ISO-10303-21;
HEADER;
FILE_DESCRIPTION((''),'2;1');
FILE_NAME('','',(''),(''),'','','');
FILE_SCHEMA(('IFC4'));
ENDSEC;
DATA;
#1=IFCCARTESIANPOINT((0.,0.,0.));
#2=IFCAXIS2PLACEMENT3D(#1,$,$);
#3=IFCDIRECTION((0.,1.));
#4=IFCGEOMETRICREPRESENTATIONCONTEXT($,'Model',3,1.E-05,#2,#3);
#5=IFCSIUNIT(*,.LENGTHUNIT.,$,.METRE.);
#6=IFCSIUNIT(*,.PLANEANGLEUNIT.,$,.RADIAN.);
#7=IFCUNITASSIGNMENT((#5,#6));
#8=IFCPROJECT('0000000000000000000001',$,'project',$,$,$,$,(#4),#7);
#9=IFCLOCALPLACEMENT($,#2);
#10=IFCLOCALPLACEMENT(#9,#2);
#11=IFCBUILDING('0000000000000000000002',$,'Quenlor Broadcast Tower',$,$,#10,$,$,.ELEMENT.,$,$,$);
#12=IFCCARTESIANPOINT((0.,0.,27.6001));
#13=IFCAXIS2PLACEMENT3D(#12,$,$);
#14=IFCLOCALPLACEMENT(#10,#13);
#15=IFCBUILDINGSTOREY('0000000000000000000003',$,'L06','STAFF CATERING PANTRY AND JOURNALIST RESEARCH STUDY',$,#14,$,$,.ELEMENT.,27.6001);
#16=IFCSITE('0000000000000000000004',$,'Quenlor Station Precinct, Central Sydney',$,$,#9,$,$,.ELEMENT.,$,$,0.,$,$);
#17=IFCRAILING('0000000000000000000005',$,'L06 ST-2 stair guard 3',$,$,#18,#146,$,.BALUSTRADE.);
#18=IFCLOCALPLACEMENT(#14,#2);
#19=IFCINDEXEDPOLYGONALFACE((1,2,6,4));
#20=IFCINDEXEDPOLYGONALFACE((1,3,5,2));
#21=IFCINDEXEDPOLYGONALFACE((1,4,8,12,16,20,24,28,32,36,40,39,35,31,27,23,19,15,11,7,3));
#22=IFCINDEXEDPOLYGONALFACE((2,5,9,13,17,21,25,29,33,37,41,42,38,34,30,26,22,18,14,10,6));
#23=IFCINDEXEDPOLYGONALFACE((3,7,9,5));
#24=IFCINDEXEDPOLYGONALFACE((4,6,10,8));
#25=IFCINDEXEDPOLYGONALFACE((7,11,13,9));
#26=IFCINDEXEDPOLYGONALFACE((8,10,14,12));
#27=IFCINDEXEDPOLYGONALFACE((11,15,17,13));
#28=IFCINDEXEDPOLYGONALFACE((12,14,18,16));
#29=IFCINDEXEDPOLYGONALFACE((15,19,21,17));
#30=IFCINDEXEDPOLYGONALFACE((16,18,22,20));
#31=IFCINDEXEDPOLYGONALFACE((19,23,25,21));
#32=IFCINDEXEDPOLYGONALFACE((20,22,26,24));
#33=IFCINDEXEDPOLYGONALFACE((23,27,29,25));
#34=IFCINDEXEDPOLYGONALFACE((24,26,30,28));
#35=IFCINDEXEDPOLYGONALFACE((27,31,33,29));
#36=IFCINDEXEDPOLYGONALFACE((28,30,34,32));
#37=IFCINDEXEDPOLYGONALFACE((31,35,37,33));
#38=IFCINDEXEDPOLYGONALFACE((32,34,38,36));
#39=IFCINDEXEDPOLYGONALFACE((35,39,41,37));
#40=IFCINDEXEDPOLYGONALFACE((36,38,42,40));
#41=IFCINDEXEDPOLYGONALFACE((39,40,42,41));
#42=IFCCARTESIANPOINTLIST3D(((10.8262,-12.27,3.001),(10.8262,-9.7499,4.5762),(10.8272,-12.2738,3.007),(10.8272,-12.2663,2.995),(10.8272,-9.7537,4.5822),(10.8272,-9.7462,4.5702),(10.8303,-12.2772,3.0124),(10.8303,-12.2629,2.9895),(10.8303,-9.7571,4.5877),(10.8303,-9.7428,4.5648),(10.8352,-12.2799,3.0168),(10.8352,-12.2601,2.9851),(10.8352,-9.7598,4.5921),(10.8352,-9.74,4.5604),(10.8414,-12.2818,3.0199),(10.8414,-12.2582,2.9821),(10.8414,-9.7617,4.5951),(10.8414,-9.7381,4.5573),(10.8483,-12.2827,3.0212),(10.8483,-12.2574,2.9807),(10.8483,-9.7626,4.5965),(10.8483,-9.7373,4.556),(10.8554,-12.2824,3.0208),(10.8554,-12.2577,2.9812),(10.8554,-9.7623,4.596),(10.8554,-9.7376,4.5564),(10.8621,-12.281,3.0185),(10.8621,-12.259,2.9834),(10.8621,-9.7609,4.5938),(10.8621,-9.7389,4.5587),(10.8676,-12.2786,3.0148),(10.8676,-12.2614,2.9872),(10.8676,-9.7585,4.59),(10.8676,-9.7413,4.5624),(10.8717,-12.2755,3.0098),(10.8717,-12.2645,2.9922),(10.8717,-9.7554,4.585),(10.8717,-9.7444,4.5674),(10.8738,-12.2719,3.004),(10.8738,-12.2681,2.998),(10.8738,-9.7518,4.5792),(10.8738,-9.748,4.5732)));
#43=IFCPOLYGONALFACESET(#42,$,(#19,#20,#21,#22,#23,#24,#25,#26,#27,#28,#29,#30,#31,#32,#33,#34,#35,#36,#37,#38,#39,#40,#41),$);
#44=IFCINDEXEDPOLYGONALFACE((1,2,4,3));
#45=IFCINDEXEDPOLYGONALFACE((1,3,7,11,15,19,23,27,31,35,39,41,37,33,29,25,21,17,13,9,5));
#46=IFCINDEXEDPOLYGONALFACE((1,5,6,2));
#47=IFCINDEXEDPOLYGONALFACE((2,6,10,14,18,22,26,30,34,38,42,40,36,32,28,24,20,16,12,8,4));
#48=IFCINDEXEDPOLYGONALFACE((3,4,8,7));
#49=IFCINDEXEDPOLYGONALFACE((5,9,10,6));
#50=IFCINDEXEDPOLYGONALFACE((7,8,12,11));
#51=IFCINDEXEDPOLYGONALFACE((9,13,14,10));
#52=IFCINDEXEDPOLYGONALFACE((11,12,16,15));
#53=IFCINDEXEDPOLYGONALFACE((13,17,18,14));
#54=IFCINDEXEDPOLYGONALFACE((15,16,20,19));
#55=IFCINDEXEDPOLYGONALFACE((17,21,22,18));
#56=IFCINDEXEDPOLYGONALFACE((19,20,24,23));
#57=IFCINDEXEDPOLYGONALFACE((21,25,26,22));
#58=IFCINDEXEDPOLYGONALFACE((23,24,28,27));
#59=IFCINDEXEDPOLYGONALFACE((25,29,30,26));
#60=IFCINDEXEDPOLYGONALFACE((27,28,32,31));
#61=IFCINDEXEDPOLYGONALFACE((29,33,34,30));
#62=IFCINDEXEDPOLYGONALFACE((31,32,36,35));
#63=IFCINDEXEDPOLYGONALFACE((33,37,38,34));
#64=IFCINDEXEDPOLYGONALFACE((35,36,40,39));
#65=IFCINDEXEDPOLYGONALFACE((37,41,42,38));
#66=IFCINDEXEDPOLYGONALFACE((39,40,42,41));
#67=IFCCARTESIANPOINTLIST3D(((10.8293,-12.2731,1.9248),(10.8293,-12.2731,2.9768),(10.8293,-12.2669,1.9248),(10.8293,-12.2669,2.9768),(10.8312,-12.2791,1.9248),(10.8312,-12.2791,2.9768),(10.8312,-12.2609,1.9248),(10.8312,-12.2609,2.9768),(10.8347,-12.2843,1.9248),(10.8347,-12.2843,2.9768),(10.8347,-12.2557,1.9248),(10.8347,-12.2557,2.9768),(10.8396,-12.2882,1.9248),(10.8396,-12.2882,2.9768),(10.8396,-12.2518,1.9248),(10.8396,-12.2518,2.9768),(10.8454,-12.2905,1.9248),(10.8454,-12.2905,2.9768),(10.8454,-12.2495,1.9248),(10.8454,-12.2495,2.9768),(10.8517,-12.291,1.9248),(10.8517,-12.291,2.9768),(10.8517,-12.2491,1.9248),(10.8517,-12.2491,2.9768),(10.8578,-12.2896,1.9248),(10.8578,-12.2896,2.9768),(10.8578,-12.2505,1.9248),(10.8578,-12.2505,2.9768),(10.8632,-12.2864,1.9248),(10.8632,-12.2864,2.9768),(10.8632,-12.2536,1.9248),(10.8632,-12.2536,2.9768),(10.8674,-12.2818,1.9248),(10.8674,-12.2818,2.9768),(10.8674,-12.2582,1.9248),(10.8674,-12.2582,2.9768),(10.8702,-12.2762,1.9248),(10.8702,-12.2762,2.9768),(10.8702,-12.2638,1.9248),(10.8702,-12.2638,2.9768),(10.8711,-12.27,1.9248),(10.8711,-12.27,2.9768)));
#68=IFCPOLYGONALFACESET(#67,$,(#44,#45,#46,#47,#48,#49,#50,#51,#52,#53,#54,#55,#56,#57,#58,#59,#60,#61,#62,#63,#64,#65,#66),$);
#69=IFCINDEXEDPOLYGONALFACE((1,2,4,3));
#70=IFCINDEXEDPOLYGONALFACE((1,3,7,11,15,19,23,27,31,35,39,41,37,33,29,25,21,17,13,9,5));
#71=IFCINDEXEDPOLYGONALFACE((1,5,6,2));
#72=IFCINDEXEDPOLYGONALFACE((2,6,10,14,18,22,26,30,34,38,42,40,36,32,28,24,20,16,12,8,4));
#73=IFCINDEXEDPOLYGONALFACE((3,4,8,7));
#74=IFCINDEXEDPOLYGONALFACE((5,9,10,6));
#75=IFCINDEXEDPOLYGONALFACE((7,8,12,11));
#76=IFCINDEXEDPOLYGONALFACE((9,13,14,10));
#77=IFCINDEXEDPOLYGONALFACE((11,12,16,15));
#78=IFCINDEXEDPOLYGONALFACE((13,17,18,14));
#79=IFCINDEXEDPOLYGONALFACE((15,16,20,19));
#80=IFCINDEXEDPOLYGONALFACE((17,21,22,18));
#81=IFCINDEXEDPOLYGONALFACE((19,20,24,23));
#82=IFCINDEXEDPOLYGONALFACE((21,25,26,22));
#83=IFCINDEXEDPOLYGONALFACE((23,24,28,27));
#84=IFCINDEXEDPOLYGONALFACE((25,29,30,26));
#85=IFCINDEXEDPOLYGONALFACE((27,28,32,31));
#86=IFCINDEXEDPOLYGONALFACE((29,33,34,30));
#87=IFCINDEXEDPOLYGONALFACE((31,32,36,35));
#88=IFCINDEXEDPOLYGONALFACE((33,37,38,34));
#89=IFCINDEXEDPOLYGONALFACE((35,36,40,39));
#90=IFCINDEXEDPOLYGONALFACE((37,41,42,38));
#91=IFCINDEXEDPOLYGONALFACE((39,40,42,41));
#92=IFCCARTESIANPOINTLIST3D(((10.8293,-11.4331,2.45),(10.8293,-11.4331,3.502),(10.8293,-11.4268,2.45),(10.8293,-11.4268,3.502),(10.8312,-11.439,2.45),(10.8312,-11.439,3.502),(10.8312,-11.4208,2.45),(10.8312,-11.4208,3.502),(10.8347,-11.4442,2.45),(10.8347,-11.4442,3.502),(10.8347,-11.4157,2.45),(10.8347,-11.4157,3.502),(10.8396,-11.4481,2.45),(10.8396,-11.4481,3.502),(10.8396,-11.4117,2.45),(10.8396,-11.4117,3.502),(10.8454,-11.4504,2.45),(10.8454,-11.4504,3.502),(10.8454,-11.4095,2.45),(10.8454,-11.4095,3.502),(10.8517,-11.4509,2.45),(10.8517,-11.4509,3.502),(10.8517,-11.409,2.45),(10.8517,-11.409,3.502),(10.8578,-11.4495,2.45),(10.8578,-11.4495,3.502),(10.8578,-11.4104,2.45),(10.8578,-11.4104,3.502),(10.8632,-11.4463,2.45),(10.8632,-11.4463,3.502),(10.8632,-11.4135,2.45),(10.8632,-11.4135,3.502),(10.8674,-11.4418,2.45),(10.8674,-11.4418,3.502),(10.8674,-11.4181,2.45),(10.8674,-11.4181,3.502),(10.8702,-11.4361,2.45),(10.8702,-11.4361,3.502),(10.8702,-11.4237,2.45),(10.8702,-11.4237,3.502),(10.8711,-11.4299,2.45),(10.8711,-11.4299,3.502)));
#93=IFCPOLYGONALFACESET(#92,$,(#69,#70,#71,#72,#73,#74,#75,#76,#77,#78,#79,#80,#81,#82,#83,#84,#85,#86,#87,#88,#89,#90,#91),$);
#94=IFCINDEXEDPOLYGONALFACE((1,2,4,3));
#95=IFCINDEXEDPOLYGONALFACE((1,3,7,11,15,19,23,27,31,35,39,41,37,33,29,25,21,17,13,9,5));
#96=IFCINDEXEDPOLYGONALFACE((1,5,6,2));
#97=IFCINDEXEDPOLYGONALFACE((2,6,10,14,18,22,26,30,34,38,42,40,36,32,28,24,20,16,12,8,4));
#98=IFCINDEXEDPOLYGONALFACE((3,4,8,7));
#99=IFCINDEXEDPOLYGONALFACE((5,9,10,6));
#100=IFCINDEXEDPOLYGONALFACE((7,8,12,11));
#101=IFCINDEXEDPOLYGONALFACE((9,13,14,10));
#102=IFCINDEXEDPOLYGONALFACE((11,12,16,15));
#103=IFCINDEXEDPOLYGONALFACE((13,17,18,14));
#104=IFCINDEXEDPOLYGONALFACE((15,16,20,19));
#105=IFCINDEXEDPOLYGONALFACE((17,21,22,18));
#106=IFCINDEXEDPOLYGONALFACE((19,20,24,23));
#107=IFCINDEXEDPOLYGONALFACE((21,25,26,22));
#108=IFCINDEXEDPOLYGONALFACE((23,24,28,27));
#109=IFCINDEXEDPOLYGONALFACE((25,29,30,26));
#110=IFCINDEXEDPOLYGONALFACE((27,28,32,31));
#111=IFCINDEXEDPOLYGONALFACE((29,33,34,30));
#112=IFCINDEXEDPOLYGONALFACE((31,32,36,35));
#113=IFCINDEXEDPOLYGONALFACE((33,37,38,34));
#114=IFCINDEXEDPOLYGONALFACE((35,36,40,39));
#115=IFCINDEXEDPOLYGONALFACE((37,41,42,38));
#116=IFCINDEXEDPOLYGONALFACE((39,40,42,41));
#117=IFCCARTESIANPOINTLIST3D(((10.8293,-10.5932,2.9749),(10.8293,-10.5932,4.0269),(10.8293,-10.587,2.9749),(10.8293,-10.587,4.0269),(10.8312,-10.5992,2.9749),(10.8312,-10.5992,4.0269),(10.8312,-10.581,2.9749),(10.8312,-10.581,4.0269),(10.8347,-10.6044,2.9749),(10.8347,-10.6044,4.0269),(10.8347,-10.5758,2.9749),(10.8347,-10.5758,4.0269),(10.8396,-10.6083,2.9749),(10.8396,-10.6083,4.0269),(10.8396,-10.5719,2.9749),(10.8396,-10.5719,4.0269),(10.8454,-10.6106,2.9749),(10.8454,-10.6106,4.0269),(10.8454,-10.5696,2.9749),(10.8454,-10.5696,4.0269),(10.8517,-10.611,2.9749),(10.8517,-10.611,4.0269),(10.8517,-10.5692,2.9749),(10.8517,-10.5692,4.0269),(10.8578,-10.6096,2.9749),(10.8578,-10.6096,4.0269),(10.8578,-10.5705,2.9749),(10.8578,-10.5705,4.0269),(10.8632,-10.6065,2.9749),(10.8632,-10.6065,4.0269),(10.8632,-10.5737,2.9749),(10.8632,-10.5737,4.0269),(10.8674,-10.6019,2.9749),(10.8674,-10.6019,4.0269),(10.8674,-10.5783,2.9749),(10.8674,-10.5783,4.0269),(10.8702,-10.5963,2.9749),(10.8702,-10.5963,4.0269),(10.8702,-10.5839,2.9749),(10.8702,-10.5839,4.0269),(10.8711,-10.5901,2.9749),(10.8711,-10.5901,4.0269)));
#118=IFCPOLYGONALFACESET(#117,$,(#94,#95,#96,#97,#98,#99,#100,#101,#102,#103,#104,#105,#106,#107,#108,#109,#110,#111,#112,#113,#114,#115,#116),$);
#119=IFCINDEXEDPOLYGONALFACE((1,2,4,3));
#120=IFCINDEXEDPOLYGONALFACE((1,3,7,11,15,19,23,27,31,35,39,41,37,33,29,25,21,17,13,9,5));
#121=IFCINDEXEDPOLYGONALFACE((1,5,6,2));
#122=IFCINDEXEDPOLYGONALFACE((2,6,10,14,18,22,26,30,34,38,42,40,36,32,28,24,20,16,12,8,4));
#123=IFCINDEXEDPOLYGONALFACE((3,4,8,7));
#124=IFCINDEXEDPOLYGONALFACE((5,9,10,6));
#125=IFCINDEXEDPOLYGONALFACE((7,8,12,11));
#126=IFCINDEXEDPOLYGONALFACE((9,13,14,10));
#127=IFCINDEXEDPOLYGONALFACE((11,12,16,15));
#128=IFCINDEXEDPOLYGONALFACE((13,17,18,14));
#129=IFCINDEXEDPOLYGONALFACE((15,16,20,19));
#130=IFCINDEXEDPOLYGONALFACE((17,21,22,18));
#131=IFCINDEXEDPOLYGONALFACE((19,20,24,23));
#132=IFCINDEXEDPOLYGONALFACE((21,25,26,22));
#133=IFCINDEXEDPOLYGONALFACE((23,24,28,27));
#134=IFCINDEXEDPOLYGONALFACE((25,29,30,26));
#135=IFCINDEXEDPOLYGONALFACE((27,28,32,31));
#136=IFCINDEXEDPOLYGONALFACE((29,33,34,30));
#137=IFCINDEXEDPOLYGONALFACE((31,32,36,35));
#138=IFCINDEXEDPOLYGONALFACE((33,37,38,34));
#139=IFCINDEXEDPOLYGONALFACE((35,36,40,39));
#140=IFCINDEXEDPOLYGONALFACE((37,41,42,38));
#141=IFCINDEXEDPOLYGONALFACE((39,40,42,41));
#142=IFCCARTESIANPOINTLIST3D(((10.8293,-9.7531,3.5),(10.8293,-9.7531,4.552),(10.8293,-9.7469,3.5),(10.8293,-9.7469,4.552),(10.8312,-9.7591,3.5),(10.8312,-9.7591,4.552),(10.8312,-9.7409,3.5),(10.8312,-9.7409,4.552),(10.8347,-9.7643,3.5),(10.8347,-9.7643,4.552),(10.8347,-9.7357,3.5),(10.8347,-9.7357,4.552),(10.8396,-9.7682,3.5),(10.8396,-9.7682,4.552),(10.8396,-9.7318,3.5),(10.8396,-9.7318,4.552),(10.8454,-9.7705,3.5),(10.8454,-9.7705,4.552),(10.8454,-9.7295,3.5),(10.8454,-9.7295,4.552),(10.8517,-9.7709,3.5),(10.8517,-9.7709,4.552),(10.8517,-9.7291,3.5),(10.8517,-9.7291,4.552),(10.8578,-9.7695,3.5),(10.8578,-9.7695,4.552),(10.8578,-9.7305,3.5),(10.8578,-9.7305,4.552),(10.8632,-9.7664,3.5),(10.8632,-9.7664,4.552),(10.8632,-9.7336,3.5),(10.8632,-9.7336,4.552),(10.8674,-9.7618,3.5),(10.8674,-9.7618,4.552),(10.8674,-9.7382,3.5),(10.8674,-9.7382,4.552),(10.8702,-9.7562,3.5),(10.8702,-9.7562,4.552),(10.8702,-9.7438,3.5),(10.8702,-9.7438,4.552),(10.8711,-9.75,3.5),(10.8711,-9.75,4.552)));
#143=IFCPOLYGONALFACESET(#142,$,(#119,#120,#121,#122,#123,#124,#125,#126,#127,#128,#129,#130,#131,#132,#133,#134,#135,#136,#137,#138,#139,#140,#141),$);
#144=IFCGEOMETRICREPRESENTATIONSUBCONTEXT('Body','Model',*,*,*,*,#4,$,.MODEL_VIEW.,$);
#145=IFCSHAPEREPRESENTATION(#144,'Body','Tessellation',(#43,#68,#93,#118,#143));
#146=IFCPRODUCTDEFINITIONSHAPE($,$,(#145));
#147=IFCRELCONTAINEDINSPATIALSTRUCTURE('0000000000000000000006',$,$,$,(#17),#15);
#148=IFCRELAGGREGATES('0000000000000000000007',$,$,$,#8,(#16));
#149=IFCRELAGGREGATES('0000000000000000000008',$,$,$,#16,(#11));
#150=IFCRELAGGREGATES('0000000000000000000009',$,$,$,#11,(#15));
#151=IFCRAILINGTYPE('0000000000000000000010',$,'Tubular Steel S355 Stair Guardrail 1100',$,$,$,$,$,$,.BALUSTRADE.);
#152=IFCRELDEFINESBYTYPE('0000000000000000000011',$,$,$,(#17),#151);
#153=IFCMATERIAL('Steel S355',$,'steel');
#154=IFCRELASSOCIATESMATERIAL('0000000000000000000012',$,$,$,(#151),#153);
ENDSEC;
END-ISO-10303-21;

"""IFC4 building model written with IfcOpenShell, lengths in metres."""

from ifc_helpers import new_model, si_unit, direction, frame, origin, origin_2d, place, context, subcontext, project, spatial, circle, extrude, material, type_object, element, save


model = new_model("IFC4")

# Units and contexts
model_context = context("Model", 3, precision=1e-05, world=origin(), true_north=direction((0.0, 1.0)))
body_context = subcontext(model_context, "Body", "Model", "MODEL_VIEW")
ifc_project = project(units=[si_unit("LENGTHUNIT", "METRE"), si_unit("PLANEANGLEUNIT", "RADIAN")], contexts=[model_context])

# Site, building, storey
site_placement = place(None, origin())
site = spatial("IfcSite", under=ifc_project, at=site_placement, Name="Quenlor Station Precinct, Central Sydney", CompositionType="ELEMENT", RefElevation=0.0)
building_placement = place(site_placement, origin())
building = spatial("IfcBuilding", under=site, at=building_placement, Name="Quenlor Broadcast Tower", CompositionType="ELEMENT")
storey_placement = place(building_placement, frame((0.0, 0.0, 27.6001)))
storey = spatial("IfcBuildingStorey", under=building, at=storey_placement, Name="L06", Description="STAFF CATERING PANTRY AND JOURNALIST RESEARCH STUDY", CompositionType="ELEMENT", Elevation=27.6001)

# Railing
ifc_material_1 = material(Name="Steel S355", Category="steel")
railing_type_1 = type_object("IfcRailingType", Name="Tubular Steel S355 Stair Guardrail 1100", PredefinedType="BALUSTRADE", material=ifc_material_1)
railing_1_placement = place(storey_placement, frame((10.8501, -12.27, 1.9248)))
element("IfcRailing", 1, at=railing_1_placement, inside=storey, type_object=railing_type_1, Name="L06 ST-2 stair guard 3", PredefinedType="BALUSTRADE", context=body_context, shape_type="SweptSolid", body=[
    extrude(circle(Radius=0.0239, at=origin_2d()), frame((0.0, 0.0, 1.0762), z_axis=(0.0, 0.847971, 0.530043), x_axis=(-1.0, 0.0, 0.0)), (0.0, 0.0, 1.0), 2.9719),
    extrude(circle(Radius=0.021, at=origin_2d()), origin(), (0.0, 0.0, 1.0), 1.052),
    extrude(circle(Radius=0.021, at=origin_2d()), frame((0.0, 0.8401, 0.5251)), (0.0, 0.0, 1.0), 1.052),
    extrude(circle(Radius=0.021, at=origin_2d()), frame((0.0, 1.6799, 1.05)), (0.0, 0.0, 1.0), 1.052),
    extrude(circle(Radius=0.021, at=origin_2d()), frame((0.0, 2.52, 1.5752)), (0.0, 0.0, 1.0), 1.052),
])

save(model, "model.ifc")
